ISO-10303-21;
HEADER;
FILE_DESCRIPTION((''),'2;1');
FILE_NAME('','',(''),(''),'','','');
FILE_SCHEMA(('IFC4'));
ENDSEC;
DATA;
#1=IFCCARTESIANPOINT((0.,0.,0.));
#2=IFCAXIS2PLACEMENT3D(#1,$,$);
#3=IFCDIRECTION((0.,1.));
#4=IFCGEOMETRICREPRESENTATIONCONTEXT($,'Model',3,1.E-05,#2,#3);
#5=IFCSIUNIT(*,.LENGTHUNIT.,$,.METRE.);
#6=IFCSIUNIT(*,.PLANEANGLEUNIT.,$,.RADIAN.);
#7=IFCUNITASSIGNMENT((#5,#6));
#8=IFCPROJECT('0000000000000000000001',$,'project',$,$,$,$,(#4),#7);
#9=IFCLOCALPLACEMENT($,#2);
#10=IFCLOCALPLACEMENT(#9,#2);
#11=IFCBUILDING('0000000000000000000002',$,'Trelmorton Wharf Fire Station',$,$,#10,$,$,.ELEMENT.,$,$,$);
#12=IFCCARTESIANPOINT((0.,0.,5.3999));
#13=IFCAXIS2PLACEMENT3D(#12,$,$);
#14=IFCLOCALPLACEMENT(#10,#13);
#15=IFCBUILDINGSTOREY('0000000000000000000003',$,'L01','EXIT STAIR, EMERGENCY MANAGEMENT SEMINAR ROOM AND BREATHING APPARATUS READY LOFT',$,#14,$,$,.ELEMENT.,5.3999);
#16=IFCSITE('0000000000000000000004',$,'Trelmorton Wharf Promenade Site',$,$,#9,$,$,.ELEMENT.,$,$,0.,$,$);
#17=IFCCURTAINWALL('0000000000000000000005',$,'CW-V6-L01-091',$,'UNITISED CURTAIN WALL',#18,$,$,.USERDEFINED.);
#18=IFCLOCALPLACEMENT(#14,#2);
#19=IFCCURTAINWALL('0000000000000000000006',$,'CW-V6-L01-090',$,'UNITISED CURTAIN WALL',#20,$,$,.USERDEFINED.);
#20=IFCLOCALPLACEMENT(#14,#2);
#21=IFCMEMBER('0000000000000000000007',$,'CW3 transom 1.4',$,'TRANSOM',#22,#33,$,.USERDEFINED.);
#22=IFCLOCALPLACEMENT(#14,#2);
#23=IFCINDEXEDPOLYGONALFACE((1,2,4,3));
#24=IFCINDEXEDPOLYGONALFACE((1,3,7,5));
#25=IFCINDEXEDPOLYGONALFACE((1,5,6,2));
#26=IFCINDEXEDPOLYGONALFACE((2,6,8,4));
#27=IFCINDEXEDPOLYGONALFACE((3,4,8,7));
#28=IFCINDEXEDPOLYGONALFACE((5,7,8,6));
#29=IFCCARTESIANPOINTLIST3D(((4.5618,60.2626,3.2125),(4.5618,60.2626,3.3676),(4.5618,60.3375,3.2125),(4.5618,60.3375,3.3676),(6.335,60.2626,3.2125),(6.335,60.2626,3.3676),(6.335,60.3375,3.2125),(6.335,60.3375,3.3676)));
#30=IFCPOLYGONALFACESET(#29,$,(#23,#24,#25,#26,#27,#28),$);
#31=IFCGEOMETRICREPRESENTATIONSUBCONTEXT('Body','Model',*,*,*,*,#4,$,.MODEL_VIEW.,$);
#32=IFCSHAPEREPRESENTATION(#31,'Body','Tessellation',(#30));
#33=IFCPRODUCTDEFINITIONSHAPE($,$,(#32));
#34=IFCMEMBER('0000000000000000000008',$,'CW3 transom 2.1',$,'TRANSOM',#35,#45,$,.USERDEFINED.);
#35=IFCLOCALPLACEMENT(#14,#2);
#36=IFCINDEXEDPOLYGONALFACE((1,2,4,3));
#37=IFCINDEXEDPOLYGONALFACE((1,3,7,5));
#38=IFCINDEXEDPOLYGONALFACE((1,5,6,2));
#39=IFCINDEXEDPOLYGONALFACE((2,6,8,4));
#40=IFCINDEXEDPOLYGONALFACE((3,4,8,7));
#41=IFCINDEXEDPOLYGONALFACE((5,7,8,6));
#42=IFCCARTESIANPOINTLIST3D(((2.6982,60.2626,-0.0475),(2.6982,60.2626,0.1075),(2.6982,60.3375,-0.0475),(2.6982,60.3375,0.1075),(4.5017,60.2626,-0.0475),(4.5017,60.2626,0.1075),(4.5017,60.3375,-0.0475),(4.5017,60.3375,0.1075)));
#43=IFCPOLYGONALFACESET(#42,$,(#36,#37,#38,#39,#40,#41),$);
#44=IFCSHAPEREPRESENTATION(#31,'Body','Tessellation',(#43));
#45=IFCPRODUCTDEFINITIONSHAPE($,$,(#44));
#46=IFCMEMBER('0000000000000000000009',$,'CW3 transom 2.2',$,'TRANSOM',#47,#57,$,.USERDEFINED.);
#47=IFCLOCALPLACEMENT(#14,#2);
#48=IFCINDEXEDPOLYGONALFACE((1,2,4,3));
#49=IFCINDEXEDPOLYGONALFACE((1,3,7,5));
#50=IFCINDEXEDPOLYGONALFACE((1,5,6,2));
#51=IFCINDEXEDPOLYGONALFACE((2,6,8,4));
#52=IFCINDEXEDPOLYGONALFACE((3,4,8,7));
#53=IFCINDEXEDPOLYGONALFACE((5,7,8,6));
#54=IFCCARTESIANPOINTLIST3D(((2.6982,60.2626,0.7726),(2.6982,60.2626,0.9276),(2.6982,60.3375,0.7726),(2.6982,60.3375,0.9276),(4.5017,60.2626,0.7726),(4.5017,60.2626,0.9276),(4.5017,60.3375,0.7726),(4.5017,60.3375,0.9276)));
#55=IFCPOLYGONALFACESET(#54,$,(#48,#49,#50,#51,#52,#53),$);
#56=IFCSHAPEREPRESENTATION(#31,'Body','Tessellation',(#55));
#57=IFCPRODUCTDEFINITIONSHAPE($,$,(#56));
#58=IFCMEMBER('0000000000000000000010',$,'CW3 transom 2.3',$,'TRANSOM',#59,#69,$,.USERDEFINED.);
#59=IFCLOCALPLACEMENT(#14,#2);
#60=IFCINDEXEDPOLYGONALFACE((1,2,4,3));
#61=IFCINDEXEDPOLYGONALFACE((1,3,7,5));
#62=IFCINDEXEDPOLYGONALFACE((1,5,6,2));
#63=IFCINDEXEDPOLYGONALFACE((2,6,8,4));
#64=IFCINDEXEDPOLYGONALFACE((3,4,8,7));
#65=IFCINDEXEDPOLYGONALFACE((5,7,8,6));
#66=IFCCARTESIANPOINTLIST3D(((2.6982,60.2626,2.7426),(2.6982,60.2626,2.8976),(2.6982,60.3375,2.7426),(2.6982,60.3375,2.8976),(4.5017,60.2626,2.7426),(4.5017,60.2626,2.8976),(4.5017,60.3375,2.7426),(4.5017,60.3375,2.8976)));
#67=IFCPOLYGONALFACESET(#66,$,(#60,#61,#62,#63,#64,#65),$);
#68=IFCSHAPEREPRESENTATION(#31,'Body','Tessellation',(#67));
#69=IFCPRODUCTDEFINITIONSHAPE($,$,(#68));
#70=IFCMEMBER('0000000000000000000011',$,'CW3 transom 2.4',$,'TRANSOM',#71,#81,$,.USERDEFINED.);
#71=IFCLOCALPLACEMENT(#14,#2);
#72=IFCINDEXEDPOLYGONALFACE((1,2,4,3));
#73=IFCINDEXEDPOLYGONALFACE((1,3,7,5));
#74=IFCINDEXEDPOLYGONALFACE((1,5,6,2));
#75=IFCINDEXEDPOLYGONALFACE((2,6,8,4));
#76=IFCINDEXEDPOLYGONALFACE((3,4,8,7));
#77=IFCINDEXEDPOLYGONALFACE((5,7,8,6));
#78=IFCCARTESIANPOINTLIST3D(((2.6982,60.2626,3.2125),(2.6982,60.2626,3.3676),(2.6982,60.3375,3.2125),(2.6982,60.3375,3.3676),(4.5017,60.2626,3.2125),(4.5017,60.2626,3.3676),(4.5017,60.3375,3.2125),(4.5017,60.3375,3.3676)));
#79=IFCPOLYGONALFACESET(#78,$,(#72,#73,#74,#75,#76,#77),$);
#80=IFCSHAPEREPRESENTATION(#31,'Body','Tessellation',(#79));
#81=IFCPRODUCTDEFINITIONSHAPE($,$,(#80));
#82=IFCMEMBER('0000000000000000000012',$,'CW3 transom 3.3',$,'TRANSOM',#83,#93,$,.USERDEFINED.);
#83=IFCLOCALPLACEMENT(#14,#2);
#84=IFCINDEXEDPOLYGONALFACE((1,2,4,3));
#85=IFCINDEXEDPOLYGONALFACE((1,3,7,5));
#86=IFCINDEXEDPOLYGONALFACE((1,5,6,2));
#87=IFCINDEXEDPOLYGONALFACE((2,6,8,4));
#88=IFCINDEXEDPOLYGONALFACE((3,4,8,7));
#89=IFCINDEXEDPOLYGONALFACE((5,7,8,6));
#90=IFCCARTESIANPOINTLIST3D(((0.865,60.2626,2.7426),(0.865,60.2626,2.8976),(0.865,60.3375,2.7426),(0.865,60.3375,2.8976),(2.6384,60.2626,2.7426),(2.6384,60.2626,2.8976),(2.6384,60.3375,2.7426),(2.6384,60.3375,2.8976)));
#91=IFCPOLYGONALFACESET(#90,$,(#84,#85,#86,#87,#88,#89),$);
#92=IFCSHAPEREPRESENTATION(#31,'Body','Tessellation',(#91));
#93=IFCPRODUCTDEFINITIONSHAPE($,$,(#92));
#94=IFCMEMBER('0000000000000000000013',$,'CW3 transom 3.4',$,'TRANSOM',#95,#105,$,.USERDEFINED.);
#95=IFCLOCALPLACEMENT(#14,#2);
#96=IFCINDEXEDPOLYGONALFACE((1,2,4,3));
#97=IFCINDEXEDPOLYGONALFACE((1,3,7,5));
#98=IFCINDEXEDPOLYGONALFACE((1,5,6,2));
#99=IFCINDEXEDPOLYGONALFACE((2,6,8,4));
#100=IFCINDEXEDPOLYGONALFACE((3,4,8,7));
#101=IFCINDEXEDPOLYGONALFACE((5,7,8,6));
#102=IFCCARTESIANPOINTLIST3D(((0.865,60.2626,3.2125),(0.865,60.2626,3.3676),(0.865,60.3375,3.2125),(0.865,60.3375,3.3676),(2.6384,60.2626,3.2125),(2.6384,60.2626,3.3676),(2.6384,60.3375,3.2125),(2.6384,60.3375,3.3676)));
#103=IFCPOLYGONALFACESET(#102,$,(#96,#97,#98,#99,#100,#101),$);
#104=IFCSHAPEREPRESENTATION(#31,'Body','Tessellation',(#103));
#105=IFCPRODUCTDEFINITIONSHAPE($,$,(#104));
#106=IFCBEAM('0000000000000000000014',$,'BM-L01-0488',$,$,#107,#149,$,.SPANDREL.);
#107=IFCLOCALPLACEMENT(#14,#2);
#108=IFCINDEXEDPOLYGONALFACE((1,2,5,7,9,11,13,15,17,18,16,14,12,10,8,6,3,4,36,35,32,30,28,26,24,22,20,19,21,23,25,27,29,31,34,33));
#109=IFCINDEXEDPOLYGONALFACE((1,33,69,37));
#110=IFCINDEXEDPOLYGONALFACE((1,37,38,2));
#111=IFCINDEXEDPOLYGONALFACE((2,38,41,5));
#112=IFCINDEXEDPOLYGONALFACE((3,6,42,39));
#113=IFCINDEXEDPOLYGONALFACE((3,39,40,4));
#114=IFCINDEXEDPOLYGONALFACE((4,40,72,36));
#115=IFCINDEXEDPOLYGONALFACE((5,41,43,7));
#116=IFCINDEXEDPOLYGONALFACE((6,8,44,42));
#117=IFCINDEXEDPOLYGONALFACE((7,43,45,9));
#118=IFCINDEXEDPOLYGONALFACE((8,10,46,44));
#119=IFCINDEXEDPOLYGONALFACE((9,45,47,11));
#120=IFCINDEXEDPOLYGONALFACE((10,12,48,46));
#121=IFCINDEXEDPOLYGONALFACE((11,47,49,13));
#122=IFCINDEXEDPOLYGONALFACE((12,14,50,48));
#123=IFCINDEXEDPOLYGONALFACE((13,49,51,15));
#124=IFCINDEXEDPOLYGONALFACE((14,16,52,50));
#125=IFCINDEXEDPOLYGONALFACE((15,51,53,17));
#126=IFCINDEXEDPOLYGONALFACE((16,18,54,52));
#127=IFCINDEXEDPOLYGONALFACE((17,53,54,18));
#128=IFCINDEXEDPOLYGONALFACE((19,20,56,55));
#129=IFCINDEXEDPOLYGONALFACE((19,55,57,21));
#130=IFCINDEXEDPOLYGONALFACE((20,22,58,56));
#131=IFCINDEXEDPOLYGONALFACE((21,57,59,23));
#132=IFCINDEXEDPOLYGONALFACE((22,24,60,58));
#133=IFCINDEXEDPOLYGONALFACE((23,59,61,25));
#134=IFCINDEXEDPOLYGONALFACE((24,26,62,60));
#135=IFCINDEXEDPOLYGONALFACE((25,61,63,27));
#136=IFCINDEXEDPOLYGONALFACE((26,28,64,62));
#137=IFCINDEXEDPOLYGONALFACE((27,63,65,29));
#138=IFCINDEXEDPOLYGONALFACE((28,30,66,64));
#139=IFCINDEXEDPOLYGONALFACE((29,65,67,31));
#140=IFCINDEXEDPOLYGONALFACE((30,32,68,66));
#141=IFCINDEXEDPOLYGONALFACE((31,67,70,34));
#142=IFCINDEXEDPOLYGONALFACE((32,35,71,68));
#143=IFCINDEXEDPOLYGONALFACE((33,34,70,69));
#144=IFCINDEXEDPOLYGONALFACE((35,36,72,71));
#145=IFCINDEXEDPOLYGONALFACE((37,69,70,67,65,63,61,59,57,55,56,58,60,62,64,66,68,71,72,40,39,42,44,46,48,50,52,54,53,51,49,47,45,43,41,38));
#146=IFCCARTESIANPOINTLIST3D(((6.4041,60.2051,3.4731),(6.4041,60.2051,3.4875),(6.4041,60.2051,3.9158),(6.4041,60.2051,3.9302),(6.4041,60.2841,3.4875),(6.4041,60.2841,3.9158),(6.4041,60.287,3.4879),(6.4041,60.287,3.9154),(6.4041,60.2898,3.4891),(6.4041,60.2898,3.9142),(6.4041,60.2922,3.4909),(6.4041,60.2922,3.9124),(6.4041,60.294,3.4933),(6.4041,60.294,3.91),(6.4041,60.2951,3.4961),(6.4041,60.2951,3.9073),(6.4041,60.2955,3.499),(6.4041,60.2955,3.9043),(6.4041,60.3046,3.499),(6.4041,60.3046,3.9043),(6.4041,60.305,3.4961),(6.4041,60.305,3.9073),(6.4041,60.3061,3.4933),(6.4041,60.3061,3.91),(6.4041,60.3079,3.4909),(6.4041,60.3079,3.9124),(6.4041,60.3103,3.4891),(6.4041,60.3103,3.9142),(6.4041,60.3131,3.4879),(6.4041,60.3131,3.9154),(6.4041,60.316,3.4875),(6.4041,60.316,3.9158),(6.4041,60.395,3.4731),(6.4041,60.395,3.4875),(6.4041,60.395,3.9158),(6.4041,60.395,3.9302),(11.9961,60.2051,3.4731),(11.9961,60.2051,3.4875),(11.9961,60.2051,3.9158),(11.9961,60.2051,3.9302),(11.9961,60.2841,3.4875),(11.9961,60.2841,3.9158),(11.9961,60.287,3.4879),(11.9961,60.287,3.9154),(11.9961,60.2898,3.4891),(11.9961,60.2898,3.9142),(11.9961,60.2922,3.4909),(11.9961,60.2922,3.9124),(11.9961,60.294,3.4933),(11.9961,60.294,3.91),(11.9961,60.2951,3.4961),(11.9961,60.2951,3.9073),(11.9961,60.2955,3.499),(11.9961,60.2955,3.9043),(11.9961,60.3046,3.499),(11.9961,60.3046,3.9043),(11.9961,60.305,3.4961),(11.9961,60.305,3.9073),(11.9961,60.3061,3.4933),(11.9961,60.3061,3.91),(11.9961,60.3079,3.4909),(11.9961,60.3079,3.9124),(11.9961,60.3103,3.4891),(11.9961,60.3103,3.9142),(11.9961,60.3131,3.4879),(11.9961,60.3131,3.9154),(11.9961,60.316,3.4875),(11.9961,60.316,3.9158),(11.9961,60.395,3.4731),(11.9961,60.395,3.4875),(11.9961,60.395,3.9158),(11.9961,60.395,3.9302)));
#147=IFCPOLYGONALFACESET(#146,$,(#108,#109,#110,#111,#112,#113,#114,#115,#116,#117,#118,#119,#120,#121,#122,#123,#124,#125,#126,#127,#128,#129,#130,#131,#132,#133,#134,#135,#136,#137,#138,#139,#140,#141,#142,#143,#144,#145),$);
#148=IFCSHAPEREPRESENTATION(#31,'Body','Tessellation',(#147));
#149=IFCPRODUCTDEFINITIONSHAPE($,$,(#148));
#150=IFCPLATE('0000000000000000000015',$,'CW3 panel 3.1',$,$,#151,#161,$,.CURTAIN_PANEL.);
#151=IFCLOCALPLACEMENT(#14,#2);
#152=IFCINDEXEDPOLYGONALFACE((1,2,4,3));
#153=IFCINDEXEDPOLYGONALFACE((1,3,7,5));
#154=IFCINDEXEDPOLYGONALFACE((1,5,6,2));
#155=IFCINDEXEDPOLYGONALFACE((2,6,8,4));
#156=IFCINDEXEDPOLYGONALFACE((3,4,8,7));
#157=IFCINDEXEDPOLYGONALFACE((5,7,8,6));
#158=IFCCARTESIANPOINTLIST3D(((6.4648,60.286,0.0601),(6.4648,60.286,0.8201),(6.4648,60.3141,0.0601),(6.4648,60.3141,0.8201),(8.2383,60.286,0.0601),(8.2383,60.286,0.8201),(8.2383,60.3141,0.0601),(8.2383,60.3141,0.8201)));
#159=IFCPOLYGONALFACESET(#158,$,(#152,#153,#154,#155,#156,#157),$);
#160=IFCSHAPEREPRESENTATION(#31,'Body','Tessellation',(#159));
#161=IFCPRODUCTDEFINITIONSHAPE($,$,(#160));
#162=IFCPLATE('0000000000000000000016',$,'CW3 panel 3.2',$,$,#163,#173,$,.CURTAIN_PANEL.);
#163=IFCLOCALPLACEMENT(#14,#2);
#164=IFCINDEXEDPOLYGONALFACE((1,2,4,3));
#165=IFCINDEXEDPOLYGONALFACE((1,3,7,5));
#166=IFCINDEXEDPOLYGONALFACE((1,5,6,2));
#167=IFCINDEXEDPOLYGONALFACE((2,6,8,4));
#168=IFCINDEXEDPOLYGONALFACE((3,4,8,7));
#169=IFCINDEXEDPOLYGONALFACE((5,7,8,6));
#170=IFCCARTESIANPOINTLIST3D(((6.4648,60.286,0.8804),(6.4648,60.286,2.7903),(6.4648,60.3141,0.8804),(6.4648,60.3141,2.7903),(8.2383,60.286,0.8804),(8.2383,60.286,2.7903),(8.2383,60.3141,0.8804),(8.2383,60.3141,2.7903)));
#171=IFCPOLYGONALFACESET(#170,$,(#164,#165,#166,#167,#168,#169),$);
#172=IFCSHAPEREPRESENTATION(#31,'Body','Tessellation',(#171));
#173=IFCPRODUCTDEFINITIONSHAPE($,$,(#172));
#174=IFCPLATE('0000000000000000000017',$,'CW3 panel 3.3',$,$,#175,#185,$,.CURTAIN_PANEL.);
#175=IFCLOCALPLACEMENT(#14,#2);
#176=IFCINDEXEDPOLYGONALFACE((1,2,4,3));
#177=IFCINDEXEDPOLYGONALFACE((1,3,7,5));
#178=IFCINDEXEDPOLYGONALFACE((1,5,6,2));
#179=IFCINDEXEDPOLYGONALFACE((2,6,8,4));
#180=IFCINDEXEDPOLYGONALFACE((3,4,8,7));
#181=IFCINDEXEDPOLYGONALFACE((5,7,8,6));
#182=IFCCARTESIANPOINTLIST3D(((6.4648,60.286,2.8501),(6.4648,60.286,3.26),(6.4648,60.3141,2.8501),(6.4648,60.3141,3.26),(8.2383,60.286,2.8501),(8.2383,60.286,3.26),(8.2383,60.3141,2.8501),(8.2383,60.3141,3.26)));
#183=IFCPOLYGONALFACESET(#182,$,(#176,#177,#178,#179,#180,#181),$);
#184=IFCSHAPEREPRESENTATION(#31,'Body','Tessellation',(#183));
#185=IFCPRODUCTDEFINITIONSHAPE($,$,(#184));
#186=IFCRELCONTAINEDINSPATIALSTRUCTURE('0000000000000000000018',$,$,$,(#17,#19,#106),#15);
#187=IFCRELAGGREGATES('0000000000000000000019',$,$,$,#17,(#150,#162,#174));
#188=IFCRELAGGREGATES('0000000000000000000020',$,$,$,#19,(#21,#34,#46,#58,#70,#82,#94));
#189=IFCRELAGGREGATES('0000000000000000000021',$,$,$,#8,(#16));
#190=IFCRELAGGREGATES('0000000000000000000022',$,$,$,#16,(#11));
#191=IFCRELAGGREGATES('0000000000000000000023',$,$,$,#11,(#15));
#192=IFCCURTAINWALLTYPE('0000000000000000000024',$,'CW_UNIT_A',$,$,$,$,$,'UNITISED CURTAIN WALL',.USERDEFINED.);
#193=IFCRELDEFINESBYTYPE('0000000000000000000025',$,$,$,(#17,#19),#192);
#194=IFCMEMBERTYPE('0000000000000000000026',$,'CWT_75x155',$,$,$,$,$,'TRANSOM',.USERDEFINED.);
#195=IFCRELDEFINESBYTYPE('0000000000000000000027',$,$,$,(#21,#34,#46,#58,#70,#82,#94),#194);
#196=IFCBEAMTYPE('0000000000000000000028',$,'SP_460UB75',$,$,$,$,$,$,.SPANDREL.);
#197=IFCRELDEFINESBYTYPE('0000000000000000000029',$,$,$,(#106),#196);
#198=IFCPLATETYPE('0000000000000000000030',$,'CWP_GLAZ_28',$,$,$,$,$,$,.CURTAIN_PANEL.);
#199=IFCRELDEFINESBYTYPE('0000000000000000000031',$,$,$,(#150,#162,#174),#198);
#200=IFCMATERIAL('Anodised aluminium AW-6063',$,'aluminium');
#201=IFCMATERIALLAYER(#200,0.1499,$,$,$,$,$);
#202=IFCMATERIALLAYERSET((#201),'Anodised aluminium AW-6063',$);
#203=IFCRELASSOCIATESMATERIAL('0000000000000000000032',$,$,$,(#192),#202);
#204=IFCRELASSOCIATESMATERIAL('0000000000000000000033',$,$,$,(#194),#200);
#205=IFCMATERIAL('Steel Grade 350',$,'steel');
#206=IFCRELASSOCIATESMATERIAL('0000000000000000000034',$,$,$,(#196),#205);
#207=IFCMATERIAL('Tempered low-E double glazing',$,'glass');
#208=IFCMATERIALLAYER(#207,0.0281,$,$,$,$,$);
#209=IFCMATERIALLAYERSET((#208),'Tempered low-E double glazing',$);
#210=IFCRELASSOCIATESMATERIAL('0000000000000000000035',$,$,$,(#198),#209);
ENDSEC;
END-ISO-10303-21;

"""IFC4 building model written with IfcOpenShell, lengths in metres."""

from ifc_helpers import new_model, si_unit, direction, frame, origin, origin_2d, place, context, subcontext, project, spatial, rectangle, i_section, extrude, material, layer, layer_set, material_profile, profile_set, type_object, element, aggregate, save


model = new_model("IFC4")

# Units and contexts
model_context = context("Model", 3, precision=1e-05, world=origin(), true_north=direction((0.0, 1.0)))
body_context = subcontext(model_context, "Body", "Model", "MODEL_VIEW")
ifc_project = project(units=[si_unit("LENGTHUNIT", "METRE"), si_unit("PLANEANGLEUNIT", "RADIAN")], contexts=[model_context])

# Site, building, storey
site_placement = place(None, origin())
site = spatial("IfcSite", under=ifc_project, at=site_placement, Name="Trelmorton Wharf Promenade Site", CompositionType="ELEMENT", RefElevation=0.0)
building_placement = place(site_placement, origin())
building = spatial("IfcBuilding", under=site, at=building_placement, Name="Trelmorton Wharf Fire Station", CompositionType="ELEMENT")
storey_placement = place(building_placement, frame((0.0, 0.0, 5.3999)))
storey = spatial("IfcBuildingStorey", under=building, at=storey_placement, Name="L01", Description="EXIT STAIR, EMERGENCY MANAGEMENT SEMINAR ROOM AND BREATHING APPARATUS READY LOFT", CompositionType="ELEMENT", Elevation=5.3999)

# Shared definitions
ifc_material_1 = material(Name="Steel Grade 350", Category="steel")

# Curtain wall
ifc_material_2 = material(Name="Anodised aluminium AW-6063", Category="aluminium")
ifc_layer_1 = layer(ifc_material_2, 0.1499)
ifc_layer_set_1 = layer_set([ifc_layer_1], Name="Anodised aluminium AW-6063")
curtain_wall_type = type_object("IfcCurtainWallType", Name="CW_UNIT_A", ElementType="UNITISED CURTAIN WALL", PredefinedType="USERDEFINED", material=ifc_layer_set_1)
curtain_wall_1_placement = place(storey_placement, origin())
curtain_wall_1 = element("IfcCurtainWall", 1, at=curtain_wall_1_placement, inside=storey, type_object=curtain_wall_type, Name="CW-V6-L01-091", ObjectType="UNITISED CURTAIN WALL", PredefinedType="USERDEFINED")

# Curtain wall
curtain_wall_2_placement = place(storey_placement, origin())
curtain_wall_2 = element("IfcCurtainWall", 2, at=curtain_wall_2_placement, inside=storey, type_object=curtain_wall_type, Name="CW-V6-L01-090", ObjectType="UNITISED CURTAIN WALL", PredefinedType="USERDEFINED")

# Members
ifc_material_profile_1 = material_profile(ifc_material_2, rectangle(XDim=0.075, YDim=0.155, at=origin_2d()), Name="ALU-75x155")
ifc_profile_set_1 = profile_set([ifc_material_profile_1], Name="Anodised aluminium AW-6063")
member_type_1 = type_object("IfcMemberType", Name="CWT_75x155", ElementType="TRANSOM", PredefinedType="USERDEFINED", material=ifc_profile_set_1)
member_1_placement = place(storey_placement, frame((6.335, 60.3, 3.29), z_axis=(-1.0, 0.0, 0.0), x_axis=(0.0, -1.0, 0.0)))
member_1 = element("IfcMember", 3, at=member_1_placement, type_object=member_type_1, Name="CW3 transom 1.4", ObjectType="TRANSOM", PredefinedType="USERDEFINED", context=body_context, shape_type="SweptSolid", body=[
    extrude(rectangle(XDim=0.075, YDim=0.155, at=origin_2d()), origin(), (0.0, 0.0, 1.0), 1.7732),
])
member_2_placement = place(storey_placement, frame((4.5017, 60.3, 0.03), z_axis=(-1.0, 0.0, 0.0), x_axis=(0.0, -1.0, 0.0)))
member_2 = element("IfcMember", 4, at=member_2_placement, type_object=member_type_1, Name="CW3 transom 2.1", ObjectType="TRANSOM", PredefinedType="USERDEFINED", context=body_context, shape_type="SweptSolid", body=[
    extrude(rectangle(XDim=0.075, YDim=0.155, at=origin_2d()), origin(), (0.0, 0.0, 1.0), 1.8035),
])
member_3_placement = place(storey_placement, frame((4.5017, 60.3, 0.8501), z_axis=(-1.0, 0.0, 0.0), x_axis=(0.0, -1.0, 0.0)))
member_3 = element("IfcMember", 5, at=member_3_placement, type_object=member_type_1, Name="CW3 transom 2.2", ObjectType="TRANSOM", PredefinedType="USERDEFINED", context=body_context, shape_type="SweptSolid", body=[
    extrude(rectangle(XDim=0.075, YDim=0.155, at=origin_2d()), origin(), (0.0, 0.0, 1.0), 1.8035),
])
member_4_placement = place(storey_placement, frame((4.5017, 60.3, 2.8201), z_axis=(-1.0, 0.0, 0.0), x_axis=(0.0, -1.0, 0.0)))
member_4 = element("IfcMember", 6, at=member_4_placement, type_object=member_type_1, Name="CW3 transom 2.3", ObjectType="TRANSOM", PredefinedType="USERDEFINED", context=body_context, shape_type="SweptSolid", body=[
    extrude(rectangle(XDim=0.075, YDim=0.155, at=origin_2d()), origin(), (0.0, 0.0, 1.0), 1.8035),
])
member_5_placement = place(storey_placement, frame((4.5017, 60.3, 3.29), z_axis=(-1.0, 0.0, 0.0), x_axis=(0.0, -1.0, 0.0)))
member_5 = element("IfcMember", 7, at=member_5_placement, type_object=member_type_1, Name="CW3 transom 2.4", ObjectType="TRANSOM", PredefinedType="USERDEFINED", context=body_context, shape_type="SweptSolid", body=[
    extrude(rectangle(XDim=0.075, YDim=0.155, at=origin_2d()), origin(), (0.0, 0.0, 1.0), 1.8035),
])
member_6_placement = place(storey_placement, frame((2.6384, 60.3, 2.8201), z_axis=(-1.0, 0.0, 0.0), x_axis=(0.0, -1.0, 0.0)))
member_6 = element("IfcMember", 8, at=member_6_placement, type_object=member_type_1, Name="CW3 transom 3.3", ObjectType="TRANSOM", PredefinedType="USERDEFINED", context=body_context, shape_type="SweptSolid", body=[
    extrude(rectangle(XDim=0.075, YDim=0.155, at=origin_2d()), origin(), (0.0, 0.0, 1.0), 1.7734),
])
member_7_placement = place(storey_placement, frame((2.6384, 60.3, 3.29), z_axis=(-1.0, 0.0, 0.0), x_axis=(0.0, -1.0, 0.0)))
member_7 = element("IfcMember", 9, at=member_7_placement, type_object=member_type_1, Name="CW3 transom 3.4", ObjectType="TRANSOM", PredefinedType="USERDEFINED", context=body_context, shape_type="SweptSolid", body=[
    extrude(rectangle(XDim=0.075, YDim=0.155, at=origin_2d()), origin(), (0.0, 0.0, 1.0), 1.7734),
])

# Beam
ifc_material_profile_2 = material_profile(ifc_material_1, i_section(OverallWidth=0.1899, OverallDepth=0.457, WebThickness=0.009, FlangeThickness=0.0144, FilletRadius=0.0115, at=origin_2d()), Name="460UB74.6")
ifc_profile_set_2 = profile_set([ifc_material_profile_2], Name="Steel Grade 350")
beam_type = type_object("IfcBeamType", Name="SP_460UB75", PredefinedType="SPANDREL", material=ifc_profile_set_2)
beam_placement = place(storey_placement, frame((6.4041, 60.3, 3.7017), z_axis=(1.0, 0.0, 0.0), x_axis=(0.0, 1.0, 0.0)))
element("IfcBeam", 10, at=beam_placement, inside=storey, type_object=beam_type, Name="BM-L01-0488", PredefinedType="SPANDREL", context=body_context, shape_type="SweptSolid", body=[
    extrude(i_section(OverallWidth=0.1899, OverallDepth=0.457, WebThickness=0.009, FlangeThickness=0.0144, FilletRadius=0.0115, at=origin_2d()), origin(), (0.0, 0.0, 1.0), 5.592),
])

# Plates
ifc_material_3 = material(Name="Tempered low-E double glazing", Category="glass")
ifc_layer_2 = layer(ifc_material_3, 0.0281)
ifc_layer_set_2 = layer_set([ifc_layer_2], Name="Tempered low-E double glazing")
plate_type_1 = type_object("IfcPlateType", Name="CWP_GLAZ_28", PredefinedType="CURTAIN_PANEL", material=ifc_layer_set_2)
plate_1_placement = place(storey_placement, frame((7.3516, 60.3, 0.0601), z_axis=(0.0, 0.0, 1.0), x_axis=(-1.0, 0.0, 0.0)))
plate_1 = element("IfcPlate", 11, at=plate_1_placement, type_object=plate_type_1, Name="CW3 panel 3.1", PredefinedType="CURTAIN_PANEL", context=body_context, shape_type="SweptSolid", body=[
    extrude(rectangle(XDim=1.7734, YDim=0.0281, at=origin_2d()), origin(), (0.0, 0.0, 1.0), 0.76),
])
plate_2_placement = place(storey_placement, frame((7.3516, 60.3, 0.8804), z_axis=(0.0, 0.0, 1.0), x_axis=(-1.0, 0.0, 0.0)))
plate_2 = element("IfcPlate", 12, at=plate_2_placement, type_object=plate_type_1, Name="CW3 panel 3.2", PredefinedType="CURTAIN_PANEL", context=body_context, shape_type="SweptSolid", body=[
    extrude(rectangle(XDim=1.7734, YDim=0.0281, at=origin_2d()), origin(), (0.0, 0.0, 1.0), 1.9099),
])
plate_3_placement = place(storey_placement, frame((7.3516, 60.3, 2.8501), z_axis=(0.0, 0.0, 1.0), x_axis=(-1.0, 0.0, 0.0)))
plate_3 = element("IfcPlate", 13, at=plate_3_placement, type_object=plate_type_1, Name="CW3 panel 3.3", PredefinedType="CURTAIN_PANEL", context=body_context, shape_type="SweptSolid", body=[
    extrude(rectangle(XDim=1.7734, YDim=0.0281, at=origin_2d()), origin(), (0.0, 0.0, 1.0), 0.4099),
])
aggregate(curtain_wall_1, [plate_1, plate_2, plate_3])
aggregate(curtain_wall_2, [member_1, member_2, member_3, member_4, member_5, member_6, member_7])

save(model, "model.ifc")
